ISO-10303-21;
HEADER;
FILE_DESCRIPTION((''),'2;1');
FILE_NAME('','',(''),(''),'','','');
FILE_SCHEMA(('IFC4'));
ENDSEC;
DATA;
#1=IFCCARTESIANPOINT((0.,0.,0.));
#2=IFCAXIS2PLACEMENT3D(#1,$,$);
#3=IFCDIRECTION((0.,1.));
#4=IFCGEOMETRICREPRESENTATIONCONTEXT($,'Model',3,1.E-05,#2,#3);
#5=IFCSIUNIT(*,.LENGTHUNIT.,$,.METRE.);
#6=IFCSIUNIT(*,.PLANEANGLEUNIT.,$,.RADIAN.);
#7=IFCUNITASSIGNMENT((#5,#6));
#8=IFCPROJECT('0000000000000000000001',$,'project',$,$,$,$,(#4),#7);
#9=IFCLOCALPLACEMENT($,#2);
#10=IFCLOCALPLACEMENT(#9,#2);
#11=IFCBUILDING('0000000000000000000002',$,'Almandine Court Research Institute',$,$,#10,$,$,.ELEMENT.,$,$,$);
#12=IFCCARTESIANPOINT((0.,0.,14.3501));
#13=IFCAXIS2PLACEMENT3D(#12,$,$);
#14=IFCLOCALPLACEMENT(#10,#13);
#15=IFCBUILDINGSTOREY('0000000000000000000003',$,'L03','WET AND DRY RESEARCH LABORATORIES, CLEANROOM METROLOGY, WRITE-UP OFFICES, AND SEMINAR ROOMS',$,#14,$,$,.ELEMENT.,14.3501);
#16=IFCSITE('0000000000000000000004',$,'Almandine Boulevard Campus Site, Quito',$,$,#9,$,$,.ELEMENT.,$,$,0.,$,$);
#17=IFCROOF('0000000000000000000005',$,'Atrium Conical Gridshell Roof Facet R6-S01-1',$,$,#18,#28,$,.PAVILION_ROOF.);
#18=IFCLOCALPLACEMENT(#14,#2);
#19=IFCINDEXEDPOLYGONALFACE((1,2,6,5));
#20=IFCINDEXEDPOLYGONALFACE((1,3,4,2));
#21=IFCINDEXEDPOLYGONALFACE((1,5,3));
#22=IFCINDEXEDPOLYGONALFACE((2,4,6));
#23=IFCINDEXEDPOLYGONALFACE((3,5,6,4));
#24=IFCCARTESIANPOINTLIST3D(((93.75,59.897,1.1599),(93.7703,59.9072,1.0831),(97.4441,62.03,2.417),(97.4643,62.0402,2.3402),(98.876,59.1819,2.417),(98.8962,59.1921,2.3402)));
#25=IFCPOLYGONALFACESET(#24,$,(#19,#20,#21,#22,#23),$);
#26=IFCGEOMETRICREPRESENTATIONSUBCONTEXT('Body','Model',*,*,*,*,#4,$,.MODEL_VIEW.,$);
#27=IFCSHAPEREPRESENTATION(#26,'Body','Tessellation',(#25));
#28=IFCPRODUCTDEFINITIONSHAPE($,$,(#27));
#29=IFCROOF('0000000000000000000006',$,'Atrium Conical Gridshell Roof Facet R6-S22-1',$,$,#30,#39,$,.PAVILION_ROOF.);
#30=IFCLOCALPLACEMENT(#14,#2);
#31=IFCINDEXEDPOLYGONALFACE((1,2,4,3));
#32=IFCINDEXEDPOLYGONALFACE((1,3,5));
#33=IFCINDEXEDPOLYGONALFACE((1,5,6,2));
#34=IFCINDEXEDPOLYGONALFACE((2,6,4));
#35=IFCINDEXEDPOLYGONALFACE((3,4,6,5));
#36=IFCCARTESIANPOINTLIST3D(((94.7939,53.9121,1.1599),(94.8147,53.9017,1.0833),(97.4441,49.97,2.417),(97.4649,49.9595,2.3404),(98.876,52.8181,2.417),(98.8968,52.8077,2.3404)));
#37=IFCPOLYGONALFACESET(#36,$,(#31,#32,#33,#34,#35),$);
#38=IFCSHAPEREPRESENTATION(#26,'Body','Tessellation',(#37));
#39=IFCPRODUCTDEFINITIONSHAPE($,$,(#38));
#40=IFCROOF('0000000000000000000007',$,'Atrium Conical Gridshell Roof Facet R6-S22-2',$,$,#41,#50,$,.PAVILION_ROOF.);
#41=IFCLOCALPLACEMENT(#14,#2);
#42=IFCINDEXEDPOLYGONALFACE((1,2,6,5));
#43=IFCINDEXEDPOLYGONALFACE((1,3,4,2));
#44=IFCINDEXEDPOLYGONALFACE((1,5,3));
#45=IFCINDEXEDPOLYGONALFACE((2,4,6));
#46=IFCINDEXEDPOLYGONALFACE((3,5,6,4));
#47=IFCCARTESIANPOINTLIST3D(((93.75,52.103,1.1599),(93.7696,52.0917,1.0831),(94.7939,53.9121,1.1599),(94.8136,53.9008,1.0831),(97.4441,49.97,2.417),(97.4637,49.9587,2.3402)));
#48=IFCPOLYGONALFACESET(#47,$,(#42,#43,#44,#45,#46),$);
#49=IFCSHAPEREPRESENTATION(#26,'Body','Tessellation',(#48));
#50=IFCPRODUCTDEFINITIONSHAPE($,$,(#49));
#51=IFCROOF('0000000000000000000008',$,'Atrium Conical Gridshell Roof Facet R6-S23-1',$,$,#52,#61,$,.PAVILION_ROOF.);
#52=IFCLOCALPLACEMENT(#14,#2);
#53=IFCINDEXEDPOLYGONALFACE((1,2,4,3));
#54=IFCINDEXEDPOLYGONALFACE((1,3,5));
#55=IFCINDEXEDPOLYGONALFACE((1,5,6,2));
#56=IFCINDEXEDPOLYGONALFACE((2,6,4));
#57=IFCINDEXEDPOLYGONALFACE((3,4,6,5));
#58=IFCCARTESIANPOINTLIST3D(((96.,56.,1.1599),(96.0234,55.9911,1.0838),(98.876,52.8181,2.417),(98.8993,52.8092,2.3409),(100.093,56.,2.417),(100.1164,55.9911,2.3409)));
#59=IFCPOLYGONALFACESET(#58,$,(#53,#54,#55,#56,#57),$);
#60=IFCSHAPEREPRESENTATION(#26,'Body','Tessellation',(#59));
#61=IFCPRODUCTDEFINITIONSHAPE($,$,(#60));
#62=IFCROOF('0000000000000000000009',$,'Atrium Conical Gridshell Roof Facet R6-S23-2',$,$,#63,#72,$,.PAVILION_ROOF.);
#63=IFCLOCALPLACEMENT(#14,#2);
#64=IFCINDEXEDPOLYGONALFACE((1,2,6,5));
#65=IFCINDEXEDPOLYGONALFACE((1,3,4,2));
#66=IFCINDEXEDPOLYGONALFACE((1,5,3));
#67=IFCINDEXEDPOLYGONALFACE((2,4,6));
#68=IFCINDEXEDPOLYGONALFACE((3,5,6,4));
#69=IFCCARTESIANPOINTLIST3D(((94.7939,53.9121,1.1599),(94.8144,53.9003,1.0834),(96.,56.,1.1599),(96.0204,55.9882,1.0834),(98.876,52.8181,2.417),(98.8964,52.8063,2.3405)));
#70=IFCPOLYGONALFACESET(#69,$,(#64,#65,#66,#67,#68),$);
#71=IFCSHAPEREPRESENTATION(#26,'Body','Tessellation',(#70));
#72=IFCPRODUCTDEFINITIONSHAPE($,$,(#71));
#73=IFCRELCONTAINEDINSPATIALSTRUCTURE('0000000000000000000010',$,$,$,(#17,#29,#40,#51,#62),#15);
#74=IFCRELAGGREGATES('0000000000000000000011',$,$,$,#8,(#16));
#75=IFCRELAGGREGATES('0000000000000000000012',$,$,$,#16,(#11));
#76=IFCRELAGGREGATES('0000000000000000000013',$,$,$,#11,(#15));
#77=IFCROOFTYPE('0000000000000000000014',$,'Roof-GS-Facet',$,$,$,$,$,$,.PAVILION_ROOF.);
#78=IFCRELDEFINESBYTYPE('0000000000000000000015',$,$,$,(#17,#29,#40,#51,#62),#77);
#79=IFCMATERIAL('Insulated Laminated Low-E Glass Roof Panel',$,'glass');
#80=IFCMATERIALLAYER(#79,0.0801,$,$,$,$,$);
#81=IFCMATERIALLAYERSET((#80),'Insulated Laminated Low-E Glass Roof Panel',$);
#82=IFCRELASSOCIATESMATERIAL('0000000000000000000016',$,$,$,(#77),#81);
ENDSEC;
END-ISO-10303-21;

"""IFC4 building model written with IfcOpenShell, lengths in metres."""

from ifc_helpers import new_model, si_unit, direction, frame, origin, place, context, subcontext, project, spatial, polyline, outline, extrude, material, layer, layer_set, type_object, element, save


model = new_model("IFC4")

# Units and contexts
model_context = context("Model", 3, precision=1e-05, world=origin(), true_north=direction((0.0, 1.0)))
body_context = subcontext(model_context, "Body", "Model", "MODEL_VIEW")
ifc_project = project(units=[si_unit("LENGTHUNIT", "METRE"), si_unit("PLANEANGLEUNIT", "RADIAN")], contexts=[model_context])

# Site, building, storey
site_placement = place(None, origin())
site = spatial("IfcSite", under=ifc_project, at=site_placement, Name="Almandine Boulevard Campus Site, Quito", CompositionType="ELEMENT", RefElevation=0.0)
building_placement = place(site_placement, origin())
building = spatial("IfcBuilding", under=site, at=building_placement, Name="Almandine Court Research Institute", CompositionType="ELEMENT")
storey_placement = place(building_placement, frame((0.0, 0.0, 14.3501)))
storey = spatial("IfcBuildingStorey", under=building, at=storey_placement, Name="L03", Description="WET AND DRY RESEARCH LABORATORIES, CLEANROOM METROLOGY, WRITE-UP OFFICES, AND SEMINAR ROOMS", CompositionType="ELEMENT", Elevation=14.3501)

# Roofs
ifc_material_1 = material(Name="Insulated Laminated Low-E Glass Roof Panel", Category="glass")
ifc_layer_1 = layer(ifc_material_1, 0.0801)
ifc_layer_set_1 = layer_set([ifc_layer_1], Name="Insulated Laminated Low-E Glass Roof Panel")
roof_type = type_object("IfcRoofType", Name="Roof-GS-Facet", PredefinedType="PAVILION_ROOF", material=ifc_layer_set_1)
roof_1_placement = place(storey_placement, frame((98.876, 59.1819, 2.417), z_axis=(-0.252944, -0.127166, 0.959087), x_axis=(-0.449173, 0.893445, 0.0)))
element("IfcRoof", 1, at=roof_1_placement, inside=storey, type_object=roof_type, Name="Atrium Conical Gridshell Roof Facet R6-S01-1", PredefinedType="PAVILION_ROOF", context=body_context, shape_type="SweptSolid", body=[
    extrude(outline(polyline([(0.0, 0.0), (3.1878, 0.0), (2.9413, 4.4402), (0.0, 0.0)])), origin(), (0.0, 0.0, -1.0), 0.0801),
])
roof_2_placement = place(storey_placement, frame((97.4441, 49.97, 2.417), z_axis=(-0.259673, 0.130549, 0.956832), x_axis=(0.449173, 0.893445, 0.0)))
element("IfcRoof", 2, at=roof_2_placement, inside=storey, type_object=roof_type, Name="Atrium Conical Gridshell Roof Facet R6-S22-1", PredefinedType="PAVILION_ROOF", context=body_context, shape_type="SweptSolid", body=[
    extrude(outline(polyline([(0.0, 0.0), (3.1878, 0.0), (2.3317, 4.3252), (0.0, 0.0)])), origin(), (0.0, 0.0, -1.0), 0.0801),
])
roof_3_placement = place(storey_placement, frame((97.4441, 49.97, 2.417), z_axis=(-0.244835, 0.141284, 0.959216), x_axis=(-0.539343, 0.802283, -0.255834)))
element("IfcRoof", 3, at=roof_3_placement, inside=storey, type_object=roof_type, Name="Atrium Conical Gridshell Roof Facet R6-S22-2", PredefinedType="PAVILION_ROOF", context=body_context, shape_type="SweptSolid", body=[
    extrude(outline(polyline([(0.0, 0.0), (4.9137, 0.0), (4.0253, 1.8904), (0.0, 0.0)])), origin(), (0.0, 0.0, -1.0), 0.0801),
])
roof_4_placement = place(storey_placement, frame((98.876, 52.8181, 2.417), z_axis=(-0.291759, 0.111595, 0.94996), x_axis=(0.35725, 0.934009, 0.0)))
element("IfcRoof", 4, at=roof_4_placement, inside=storey, type_object=roof_type, Name="Atrium Conical Gridshell Roof Facet R6-S23-1", PredefinedType="PAVILION_ROOF", context=body_context, shape_type="SweptSolid", body=[
    extrude(outline(polyline([(0.0, 0.0), (3.4067, 0.0), (1.9445, 4.0243), (0.0, 0.0)])), origin(), (0.0, 0.0, -1.0), 0.0801),
])
roof_5_placement = place(storey_placement, frame((98.876, 52.8181, 2.417), z_axis=(-0.254859, 0.147218, 0.955706), x_axis=(-0.643476, 0.71192, -0.281261)))
element("IfcRoof", 5, at=roof_5_placement, inside=storey, type_object=roof_type, Name="Atrium Conical Gridshell Roof Facet R6-S23-2", PredefinedType="PAVILION_ROOF", context=body_context, shape_type="SweptSolid", body=[
    extrude(outline(polyline([(0.0, 0.0), (4.4694, 0.0), (3.7591, 2.3042), (0.0, 0.0)])), origin(), (0.0, 0.0, -1.0), 0.0801),
])

save(model, "model.ifc")
